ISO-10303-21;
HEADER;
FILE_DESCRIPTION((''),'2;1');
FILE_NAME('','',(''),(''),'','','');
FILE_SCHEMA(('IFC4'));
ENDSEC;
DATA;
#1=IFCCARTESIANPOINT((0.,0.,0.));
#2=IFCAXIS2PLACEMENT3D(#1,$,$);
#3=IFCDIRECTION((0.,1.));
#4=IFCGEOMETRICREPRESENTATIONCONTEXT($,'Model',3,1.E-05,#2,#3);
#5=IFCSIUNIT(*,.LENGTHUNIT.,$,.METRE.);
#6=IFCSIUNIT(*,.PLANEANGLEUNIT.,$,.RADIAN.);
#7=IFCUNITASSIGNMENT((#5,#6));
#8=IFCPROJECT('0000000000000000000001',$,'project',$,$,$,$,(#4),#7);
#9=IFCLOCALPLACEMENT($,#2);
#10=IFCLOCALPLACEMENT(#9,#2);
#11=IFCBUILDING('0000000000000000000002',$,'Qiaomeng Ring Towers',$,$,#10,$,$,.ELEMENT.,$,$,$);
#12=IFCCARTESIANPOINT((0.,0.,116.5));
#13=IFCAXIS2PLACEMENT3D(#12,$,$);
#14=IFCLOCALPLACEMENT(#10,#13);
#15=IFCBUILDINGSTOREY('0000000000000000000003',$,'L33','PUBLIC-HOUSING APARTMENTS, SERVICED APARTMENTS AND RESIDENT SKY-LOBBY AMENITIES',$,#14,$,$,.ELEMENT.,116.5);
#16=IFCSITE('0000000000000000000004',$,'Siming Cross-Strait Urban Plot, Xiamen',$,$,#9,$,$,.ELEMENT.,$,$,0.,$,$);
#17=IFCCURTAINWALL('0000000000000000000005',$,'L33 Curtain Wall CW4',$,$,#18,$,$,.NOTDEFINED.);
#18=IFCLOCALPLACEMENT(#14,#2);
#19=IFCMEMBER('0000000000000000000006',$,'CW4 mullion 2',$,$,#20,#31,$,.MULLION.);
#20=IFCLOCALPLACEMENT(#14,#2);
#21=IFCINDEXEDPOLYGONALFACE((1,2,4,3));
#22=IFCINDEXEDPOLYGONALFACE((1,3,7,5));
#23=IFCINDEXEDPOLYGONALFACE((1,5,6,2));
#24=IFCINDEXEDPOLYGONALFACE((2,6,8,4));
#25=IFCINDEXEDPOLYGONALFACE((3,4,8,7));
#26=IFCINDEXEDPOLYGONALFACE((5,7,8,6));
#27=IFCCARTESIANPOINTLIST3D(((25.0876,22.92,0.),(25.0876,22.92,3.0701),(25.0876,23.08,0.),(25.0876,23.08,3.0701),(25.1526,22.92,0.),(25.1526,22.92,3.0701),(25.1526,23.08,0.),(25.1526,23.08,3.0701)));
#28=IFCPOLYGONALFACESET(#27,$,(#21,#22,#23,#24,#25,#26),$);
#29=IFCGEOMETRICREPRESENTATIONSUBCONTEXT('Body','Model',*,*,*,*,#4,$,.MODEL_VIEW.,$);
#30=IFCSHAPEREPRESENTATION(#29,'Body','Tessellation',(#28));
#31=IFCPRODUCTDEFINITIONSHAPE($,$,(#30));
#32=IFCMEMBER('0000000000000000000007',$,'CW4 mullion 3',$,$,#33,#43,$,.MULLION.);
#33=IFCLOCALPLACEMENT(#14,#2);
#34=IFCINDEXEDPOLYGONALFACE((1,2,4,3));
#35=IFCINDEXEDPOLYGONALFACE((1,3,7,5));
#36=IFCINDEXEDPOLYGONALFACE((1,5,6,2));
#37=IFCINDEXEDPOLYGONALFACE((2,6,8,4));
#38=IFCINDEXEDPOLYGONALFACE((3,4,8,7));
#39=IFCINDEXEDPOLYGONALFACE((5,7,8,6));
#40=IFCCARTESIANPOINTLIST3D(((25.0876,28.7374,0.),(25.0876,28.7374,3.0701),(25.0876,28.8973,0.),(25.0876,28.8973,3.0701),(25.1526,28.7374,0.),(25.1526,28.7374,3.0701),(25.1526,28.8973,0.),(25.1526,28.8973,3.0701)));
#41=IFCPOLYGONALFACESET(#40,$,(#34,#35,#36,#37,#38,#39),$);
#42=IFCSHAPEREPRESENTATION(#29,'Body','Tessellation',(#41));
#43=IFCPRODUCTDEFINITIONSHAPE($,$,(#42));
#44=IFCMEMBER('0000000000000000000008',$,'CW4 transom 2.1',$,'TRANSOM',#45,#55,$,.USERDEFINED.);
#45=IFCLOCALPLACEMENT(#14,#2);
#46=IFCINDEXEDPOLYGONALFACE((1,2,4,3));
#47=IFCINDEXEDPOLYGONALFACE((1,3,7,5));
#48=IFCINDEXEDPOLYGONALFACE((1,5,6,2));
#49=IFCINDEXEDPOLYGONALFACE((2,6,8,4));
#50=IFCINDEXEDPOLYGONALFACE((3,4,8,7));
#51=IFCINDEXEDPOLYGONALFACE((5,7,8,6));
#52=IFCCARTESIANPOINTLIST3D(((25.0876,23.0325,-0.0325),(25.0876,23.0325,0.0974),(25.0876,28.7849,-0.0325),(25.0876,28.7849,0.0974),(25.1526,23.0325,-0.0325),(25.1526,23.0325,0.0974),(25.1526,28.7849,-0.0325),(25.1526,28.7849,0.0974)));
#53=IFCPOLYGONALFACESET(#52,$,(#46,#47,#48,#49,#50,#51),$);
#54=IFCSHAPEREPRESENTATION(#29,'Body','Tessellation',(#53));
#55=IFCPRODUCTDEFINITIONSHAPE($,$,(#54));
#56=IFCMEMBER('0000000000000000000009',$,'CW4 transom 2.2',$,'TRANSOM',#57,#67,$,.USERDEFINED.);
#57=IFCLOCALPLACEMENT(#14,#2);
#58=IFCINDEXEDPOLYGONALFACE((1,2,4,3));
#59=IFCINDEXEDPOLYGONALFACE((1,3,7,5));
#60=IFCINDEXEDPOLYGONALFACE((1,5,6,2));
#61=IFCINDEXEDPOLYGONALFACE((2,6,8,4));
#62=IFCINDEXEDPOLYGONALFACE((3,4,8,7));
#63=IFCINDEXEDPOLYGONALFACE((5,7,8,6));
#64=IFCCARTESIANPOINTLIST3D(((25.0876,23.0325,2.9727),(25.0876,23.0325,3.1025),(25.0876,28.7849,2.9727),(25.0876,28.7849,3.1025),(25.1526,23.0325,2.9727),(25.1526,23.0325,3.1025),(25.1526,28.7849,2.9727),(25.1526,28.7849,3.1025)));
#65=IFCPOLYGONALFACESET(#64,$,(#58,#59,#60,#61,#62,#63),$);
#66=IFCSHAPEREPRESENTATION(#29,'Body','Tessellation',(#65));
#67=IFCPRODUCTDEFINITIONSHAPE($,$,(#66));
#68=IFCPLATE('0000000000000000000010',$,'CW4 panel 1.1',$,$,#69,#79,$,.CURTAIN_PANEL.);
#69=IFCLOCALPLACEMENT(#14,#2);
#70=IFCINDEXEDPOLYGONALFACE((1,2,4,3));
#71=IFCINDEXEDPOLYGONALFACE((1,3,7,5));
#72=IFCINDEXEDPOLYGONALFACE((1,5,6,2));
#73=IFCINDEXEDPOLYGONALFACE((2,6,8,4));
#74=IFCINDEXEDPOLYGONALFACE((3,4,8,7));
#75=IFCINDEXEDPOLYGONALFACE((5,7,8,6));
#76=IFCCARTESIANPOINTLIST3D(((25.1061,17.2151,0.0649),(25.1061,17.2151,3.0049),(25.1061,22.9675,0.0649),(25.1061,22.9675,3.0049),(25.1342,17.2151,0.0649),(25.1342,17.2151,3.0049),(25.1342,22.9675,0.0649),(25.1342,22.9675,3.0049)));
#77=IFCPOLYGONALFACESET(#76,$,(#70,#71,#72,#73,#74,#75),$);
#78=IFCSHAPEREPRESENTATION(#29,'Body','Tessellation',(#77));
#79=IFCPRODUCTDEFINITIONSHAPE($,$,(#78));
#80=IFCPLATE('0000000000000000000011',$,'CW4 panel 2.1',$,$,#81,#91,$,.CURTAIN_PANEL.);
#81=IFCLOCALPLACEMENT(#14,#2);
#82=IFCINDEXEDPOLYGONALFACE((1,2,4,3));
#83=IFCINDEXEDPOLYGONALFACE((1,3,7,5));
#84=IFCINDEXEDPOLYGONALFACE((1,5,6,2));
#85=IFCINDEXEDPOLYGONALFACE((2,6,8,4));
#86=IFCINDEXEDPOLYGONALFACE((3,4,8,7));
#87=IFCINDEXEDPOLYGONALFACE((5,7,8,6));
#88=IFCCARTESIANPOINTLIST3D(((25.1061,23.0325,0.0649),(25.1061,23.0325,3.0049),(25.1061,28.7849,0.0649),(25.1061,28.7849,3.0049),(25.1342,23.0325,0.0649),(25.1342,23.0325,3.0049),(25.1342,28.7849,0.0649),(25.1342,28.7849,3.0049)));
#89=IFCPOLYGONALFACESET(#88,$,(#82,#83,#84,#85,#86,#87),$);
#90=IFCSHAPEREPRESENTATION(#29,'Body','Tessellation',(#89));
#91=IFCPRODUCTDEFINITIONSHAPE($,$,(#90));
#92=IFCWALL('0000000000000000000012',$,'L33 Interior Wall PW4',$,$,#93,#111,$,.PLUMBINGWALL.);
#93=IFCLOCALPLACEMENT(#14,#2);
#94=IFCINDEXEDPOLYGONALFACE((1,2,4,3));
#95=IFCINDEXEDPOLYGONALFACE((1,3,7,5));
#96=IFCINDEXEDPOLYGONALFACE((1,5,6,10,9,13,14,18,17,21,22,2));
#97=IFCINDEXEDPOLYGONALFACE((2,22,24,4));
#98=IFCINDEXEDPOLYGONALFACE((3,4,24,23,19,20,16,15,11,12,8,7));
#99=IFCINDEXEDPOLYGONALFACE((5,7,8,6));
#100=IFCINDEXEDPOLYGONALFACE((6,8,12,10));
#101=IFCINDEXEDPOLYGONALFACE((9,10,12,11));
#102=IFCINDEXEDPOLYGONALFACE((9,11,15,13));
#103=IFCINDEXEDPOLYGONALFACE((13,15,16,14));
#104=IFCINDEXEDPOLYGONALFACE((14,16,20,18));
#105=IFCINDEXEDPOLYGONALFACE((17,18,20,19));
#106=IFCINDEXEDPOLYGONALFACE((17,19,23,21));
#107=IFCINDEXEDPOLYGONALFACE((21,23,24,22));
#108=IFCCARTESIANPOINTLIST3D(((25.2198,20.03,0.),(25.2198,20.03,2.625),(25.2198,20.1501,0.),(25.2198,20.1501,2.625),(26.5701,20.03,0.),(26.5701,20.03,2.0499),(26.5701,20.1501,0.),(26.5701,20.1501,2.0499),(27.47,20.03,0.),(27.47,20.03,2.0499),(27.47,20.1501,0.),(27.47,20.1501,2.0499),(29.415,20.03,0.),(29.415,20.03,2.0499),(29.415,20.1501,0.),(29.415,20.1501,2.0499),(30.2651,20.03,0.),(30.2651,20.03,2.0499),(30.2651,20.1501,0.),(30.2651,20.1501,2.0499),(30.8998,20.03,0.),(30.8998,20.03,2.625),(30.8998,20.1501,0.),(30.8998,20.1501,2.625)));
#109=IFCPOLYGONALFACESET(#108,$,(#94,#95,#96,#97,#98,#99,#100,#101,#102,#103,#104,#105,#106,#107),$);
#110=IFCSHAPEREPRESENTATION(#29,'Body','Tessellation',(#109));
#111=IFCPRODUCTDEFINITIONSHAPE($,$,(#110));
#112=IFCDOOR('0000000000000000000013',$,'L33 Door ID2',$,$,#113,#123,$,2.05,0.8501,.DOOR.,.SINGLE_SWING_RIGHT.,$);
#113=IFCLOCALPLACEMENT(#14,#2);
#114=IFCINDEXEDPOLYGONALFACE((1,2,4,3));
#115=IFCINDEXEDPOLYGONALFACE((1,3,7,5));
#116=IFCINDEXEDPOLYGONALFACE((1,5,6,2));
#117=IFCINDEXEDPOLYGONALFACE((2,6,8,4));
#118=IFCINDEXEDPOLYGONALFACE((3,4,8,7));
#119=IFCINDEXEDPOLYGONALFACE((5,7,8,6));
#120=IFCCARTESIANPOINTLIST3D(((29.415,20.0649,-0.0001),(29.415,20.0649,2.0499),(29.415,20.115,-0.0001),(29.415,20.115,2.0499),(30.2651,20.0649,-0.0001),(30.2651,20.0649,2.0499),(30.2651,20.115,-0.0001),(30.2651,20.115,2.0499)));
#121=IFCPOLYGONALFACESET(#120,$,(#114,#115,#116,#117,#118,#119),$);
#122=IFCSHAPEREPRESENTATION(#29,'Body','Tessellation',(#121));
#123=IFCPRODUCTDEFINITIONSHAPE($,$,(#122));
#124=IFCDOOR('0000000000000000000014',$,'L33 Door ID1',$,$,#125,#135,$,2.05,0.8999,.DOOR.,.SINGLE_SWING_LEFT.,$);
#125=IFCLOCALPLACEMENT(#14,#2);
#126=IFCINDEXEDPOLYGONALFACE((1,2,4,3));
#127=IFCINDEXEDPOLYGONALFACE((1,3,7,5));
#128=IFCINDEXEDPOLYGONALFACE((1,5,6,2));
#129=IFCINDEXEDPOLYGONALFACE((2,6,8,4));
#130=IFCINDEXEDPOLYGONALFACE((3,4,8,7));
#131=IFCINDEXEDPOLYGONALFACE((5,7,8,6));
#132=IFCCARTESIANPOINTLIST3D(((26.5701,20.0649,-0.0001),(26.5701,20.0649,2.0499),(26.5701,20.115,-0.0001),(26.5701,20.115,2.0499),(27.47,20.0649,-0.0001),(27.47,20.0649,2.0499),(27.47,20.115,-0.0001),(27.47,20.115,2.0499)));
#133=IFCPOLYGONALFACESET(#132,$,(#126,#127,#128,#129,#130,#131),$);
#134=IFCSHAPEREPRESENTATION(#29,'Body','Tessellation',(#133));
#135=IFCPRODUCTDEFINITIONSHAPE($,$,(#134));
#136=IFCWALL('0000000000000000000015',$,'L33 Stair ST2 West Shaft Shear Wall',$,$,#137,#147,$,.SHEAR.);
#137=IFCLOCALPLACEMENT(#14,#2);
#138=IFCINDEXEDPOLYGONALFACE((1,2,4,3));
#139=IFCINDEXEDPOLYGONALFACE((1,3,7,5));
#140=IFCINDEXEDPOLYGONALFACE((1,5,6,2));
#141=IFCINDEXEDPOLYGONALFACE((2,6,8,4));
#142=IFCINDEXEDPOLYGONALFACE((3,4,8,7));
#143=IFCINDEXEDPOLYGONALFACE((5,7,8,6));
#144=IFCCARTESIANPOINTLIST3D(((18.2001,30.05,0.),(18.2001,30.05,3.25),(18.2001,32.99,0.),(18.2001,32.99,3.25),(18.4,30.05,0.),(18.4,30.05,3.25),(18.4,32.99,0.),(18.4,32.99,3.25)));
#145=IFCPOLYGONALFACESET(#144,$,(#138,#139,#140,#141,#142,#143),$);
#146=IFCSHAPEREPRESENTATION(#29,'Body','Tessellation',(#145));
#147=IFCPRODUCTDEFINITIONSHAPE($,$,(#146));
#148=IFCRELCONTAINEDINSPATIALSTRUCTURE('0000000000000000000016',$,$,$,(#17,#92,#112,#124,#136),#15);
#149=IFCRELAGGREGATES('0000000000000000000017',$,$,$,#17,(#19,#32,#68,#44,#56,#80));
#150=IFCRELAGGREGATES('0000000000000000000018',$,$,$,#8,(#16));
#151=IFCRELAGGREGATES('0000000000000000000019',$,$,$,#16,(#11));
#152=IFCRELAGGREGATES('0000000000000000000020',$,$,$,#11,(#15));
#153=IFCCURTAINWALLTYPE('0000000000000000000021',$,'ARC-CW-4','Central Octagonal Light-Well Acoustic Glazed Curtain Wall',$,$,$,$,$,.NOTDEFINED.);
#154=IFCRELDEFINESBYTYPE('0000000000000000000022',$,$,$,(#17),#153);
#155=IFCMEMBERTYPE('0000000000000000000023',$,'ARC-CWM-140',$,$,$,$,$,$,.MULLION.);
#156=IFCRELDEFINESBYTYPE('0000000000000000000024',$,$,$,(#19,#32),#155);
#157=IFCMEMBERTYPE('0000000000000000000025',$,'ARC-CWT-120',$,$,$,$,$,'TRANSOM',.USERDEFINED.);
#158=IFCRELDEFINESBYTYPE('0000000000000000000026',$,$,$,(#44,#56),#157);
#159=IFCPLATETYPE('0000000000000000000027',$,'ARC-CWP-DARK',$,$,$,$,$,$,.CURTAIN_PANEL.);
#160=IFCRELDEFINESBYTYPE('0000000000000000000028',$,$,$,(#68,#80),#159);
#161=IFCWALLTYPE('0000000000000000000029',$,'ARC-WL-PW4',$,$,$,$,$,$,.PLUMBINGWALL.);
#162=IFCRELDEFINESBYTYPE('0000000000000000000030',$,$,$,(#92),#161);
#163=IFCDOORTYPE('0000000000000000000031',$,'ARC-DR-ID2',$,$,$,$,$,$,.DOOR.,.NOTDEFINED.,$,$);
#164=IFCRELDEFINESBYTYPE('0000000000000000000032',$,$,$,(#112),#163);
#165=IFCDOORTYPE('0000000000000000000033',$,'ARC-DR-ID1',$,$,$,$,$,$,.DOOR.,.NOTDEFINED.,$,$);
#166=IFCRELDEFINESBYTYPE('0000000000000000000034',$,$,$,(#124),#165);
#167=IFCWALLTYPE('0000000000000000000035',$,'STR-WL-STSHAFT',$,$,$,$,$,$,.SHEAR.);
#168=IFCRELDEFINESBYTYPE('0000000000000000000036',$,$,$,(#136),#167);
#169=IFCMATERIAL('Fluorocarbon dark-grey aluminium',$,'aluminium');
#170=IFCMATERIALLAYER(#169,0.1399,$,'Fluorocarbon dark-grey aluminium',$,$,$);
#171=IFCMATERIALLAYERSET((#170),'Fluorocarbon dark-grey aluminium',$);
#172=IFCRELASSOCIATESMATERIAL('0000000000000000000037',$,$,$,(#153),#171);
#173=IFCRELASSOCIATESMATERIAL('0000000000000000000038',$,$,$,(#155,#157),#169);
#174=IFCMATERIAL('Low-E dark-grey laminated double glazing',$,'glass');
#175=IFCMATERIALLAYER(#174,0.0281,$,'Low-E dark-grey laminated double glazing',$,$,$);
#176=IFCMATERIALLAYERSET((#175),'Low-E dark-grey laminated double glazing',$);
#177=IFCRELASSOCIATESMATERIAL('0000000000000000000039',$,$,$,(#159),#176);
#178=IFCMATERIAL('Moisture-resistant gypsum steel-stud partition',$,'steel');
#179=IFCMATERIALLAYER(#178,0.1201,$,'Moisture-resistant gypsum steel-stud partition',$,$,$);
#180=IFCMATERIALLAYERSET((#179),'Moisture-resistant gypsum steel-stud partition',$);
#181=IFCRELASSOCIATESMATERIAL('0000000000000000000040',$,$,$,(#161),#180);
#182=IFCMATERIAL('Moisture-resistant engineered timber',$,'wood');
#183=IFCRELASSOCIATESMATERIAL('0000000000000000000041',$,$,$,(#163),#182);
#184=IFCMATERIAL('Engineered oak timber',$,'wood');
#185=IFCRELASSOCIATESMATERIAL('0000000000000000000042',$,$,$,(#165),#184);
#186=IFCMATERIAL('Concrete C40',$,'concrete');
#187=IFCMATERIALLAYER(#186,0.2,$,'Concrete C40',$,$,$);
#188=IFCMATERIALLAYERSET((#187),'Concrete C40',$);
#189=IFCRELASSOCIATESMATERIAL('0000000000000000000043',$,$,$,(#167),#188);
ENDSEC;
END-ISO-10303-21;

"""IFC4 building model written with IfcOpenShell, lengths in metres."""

from ifc_helpers import new_model, si_unit, direction, frame, frame_2d, origin, origin_2d, place, context, subcontext, project, spatial, rectangle, extrude, source, transform, mapped, material, layer, layer_set, material_profile, profile_set, type_object, element, fill, aggregate, save


model = new_model("IFC4")

# Units and contexts
model_context = context("Model", 3, precision=1e-05, world=origin(), true_north=direction((0.0, 1.0)))
body_context = subcontext(model_context, "Body", "Model", "MODEL_VIEW")
ifc_project = project(units=[si_unit("LENGTHUNIT", "METRE"), si_unit("PLANEANGLEUNIT", "RADIAN")], contexts=[model_context])

# Site, building, storey
site_placement = place(None, origin())
site = spatial("IfcSite", under=ifc_project, at=site_placement, Name="Siming Cross-Strait Urban Plot, Xiamen", CompositionType="ELEMENT", RefElevation=0.0)
building_placement = place(site_placement, origin())
building = spatial("IfcBuilding", under=site, at=building_placement, Name="Qiaomeng Ring Towers", CompositionType="ELEMENT")
storey_placement = place(building_placement, frame((0.0, 0.0, 116.5)))
storey = spatial("IfcBuildingStorey", under=building, at=storey_placement, Name="L33", Description="PUBLIC-HOUSING APARTMENTS, SERVICED APARTMENTS AND RESIDENT SKY-LOBBY AMENITIES", CompositionType="ELEMENT", Elevation=116.5)

# Curtain wall, members, plates
ifc_material_1 = material(Name="Fluorocarbon dark-grey aluminium", Category="aluminium")
ifc_layer_1 = layer(ifc_material_1, 0.1399, Name="Fluorocarbon dark-grey aluminium")
ifc_layer_set_1 = layer_set([ifc_layer_1], Name="Fluorocarbon dark-grey aluminium")
curtain_wall_type = type_object("IfcCurtainWallType", Name="ARC-CW-4", Description="Central Octagonal Light-Well Acoustic Glazed Curtain Wall", PredefinedType="NOTDEFINED", material=ifc_layer_set_1)
curtain_wall_placement = place(storey_placement, origin())
curtain_wall = element("IfcCurtainWall", 1, at=curtain_wall_placement, inside=storey, type_object=curtain_wall_type, Name="L33 Curtain Wall CW4", PredefinedType="NOTDEFINED")
ifc_material_profile_1 = material_profile(ifc_material_1, rectangle(XDim=0.0649, YDim=0.1599, at=origin_2d()), Name="ALU MULL 65x160")
ifc_profile_set_1 = profile_set([ifc_material_profile_1], Name="Fluorocarbon dark-grey aluminium")
member_type_1 = type_object("IfcMemberType", Name="ARC-CWM-140", PredefinedType="MULLION", material=ifc_profile_set_1)
shared_shape_1 = source(origin(), body_context, "Body", "SweptSolid", [
    extrude(rectangle(XDim=0.0649, YDim=0.1599, at=origin_2d()), origin(), (0.0, 0.0, 1.0), 3.0701),
])
member_1_placement = place(storey_placement, frame((25.1201, 23.0, 0.0), z_axis=(0.0, 0.0, 1.0), x_axis=(-1.0, 0.0, 0.0)))
member_1 = element("IfcMember", 2, at=member_1_placement, type_object=member_type_1, Name="CW4 mullion 2", PredefinedType="MULLION", context=body_context, shape_type="MappedRepresentation", body=[
    mapped(shared_shape_1, transform((0.0, 0.0, 0.0), x_axis=(1.0, 0.0, 0.0), y_axis=(0.0, 1.0, 0.0), z_axis=(0.0, 0.0, 1.0), scale=1.0)),
])
member_2_placement = place(storey_placement, frame((25.1201, 28.8174, 0.0), z_axis=(0.0, 0.0, 1.0), x_axis=(-1.0, 0.0, 0.0)))
member_2 = element("IfcMember", 3, at=member_2_placement, type_object=member_type_1, Name="CW4 mullion 3", PredefinedType="MULLION", context=body_context, shape_type="MappedRepresentation", body=[
    mapped(shared_shape_1, transform((0.0, 0.0, 0.0), x_axis=(1.0, 0.0, 0.0), y_axis=(0.0, 1.0, 0.0), z_axis=(0.0, 0.0, 1.0), scale=1.0)),
])
ifc_material_profile_2 = material_profile(ifc_material_1, rectangle(XDim=0.0649, YDim=0.1299, at=origin_2d()), Name="ALU TRAN 65x130")
ifc_profile_set_2 = profile_set([ifc_material_profile_2], Name="Fluorocarbon dark-grey aluminium")
member_type_2 = type_object("IfcMemberType", Name="ARC-CWT-120", ElementType="TRANSOM", PredefinedType="USERDEFINED", material=ifc_profile_set_2)
shared_shape_2 = source(origin(), body_context, "Body", "SweptSolid", [
    extrude(rectangle(XDim=0.0649, YDim=0.1299, at=origin_2d()), origin(), (0.0, 0.0, 1.0), 5.7524),
])
member_3_placement = place(storey_placement, frame((25.1201, 23.0325, 0.0325), z_axis=(0.0, 1.0, 0.0), x_axis=(-1.0, 0.0, 0.0)))
member_3 = element("IfcMember", 4, at=member_3_placement, type_object=member_type_2, Name="CW4 transom 2.1", ObjectType="TRANSOM", PredefinedType="USERDEFINED", context=body_context, shape_type="MappedRepresentation", body=[
    mapped(shared_shape_2, transform((0.0, 0.0, 0.0), x_axis=(1.0, 0.0, 0.0), y_axis=(0.0, 1.0, 0.0), z_axis=(0.0, 0.0, 1.0), scale=1.0)),
])
member_4_placement = place(storey_placement, frame((25.1201, 23.0325, 3.0376), z_axis=(0.0, 1.0, 0.0), x_axis=(-1.0, 0.0, 0.0)))
member_4 = element("IfcMember", 5, at=member_4_placement, type_object=member_type_2, Name="CW4 transom 2.2", ObjectType="TRANSOM", PredefinedType="USERDEFINED", context=body_context, shape_type="MappedRepresentation", body=[
    mapped(shared_shape_2, transform((0.0, 0.0, 0.0), x_axis=(1.0, 0.0, 0.0), y_axis=(0.0, 1.0, 0.0), z_axis=(0.0, 0.0, 1.0), scale=1.0)),
])
ifc_material_2 = material(Name="Low-E dark-grey laminated double glazing", Category="glass")
ifc_layer_2 = layer(ifc_material_2, 0.0281, Name="Low-E dark-grey laminated double glazing")
ifc_layer_set_2 = layer_set([ifc_layer_2], Name="Low-E dark-grey laminated double glazing")
plate_type = type_object("IfcPlateType", Name="ARC-CWP-DARK", PredefinedType="CURTAIN_PANEL", material=ifc_layer_set_2)
shared_shape_3 = source(origin(), body_context, "Body", "SweptSolid", [
    extrude(rectangle(XDim=5.7524, YDim=0.0281, at=origin_2d()), origin(), (0.0, 0.0, 1.0), 2.9399),
])
plate_1_placement = place(storey_placement, frame((25.1201, 20.0913, 0.0649), z_axis=(0.0, 0.0, 1.0), x_axis=(0.0, 1.0, 0.0)))
plate_1 = element("IfcPlate", 6, at=plate_1_placement, type_object=plate_type, Name="CW4 panel 1.1", PredefinedType="CURTAIN_PANEL", context=body_context, shape_type="MappedRepresentation", body=[
    mapped(shared_shape_3, transform((0.0, 0.0, 0.0), x_axis=(1.0, 0.0, 0.0), y_axis=(0.0, 1.0, 0.0), z_axis=(0.0, 0.0, 1.0), scale=1.0)),
])
plate_2_placement = place(storey_placement, frame((25.1201, 25.9087, 0.0649), z_axis=(0.0, 0.0, 1.0), x_axis=(0.0, 1.0, 0.0)))
plate_2 = element("IfcPlate", 7, at=plate_2_placement, type_object=plate_type, Name="CW4 panel 2.1", PredefinedType="CURTAIN_PANEL", context=body_context, shape_type="MappedRepresentation", body=[
    mapped(shared_shape_3, transform((0.0, 0.0, 0.0), x_axis=(1.0, 0.0, 0.0), y_axis=(0.0, 1.0, 0.0), z_axis=(0.0, 0.0, 1.0), scale=1.0)),
])
aggregate(curtain_wall, [member_1, member_2, plate_1, member_3, member_4, plate_2])

# Wall, openings, doors
ifc_material_3 = material(Name="Moisture-resistant gypsum steel-stud partition", Category="steel")
ifc_layer_3 = layer(ifc_material_3, 0.1201, Name="Moisture-resistant gypsum steel-stud partition")
ifc_layer_set_3 = layer_set([ifc_layer_3], Name="Moisture-resistant gypsum steel-stud partition")
wall_type_1 = type_object("IfcWallType", Name="ARC-WL-PW4", PredefinedType="PLUMBINGWALL", material=ifc_layer_set_3)
wall_1_placement = place(storey_placement, frame((25.22, 20.0901, 0.0), z_axis=(0.0, 0.0, 1.0), x_axis=(1.0, 0.0, 0.0)))
wall_1 = element("IfcWall", 8, at=wall_1_placement, inside=storey, type_object=wall_type_1, Name="L33 Interior Wall PW4", PredefinedType="PLUMBINGWALL", context=body_context, shape_type="SweptSolid", body=[
    extrude(rectangle(XDim=5.6799, YDim=0.1201, at=frame_2d((2.8398, 0.0))), origin(), (0.0, 0.0, 1.0), 2.625),
])
opening_1_placement = place(wall_1_placement, frame((1.3501, 0.0, 0.0)))
opening_1 = element("IfcOpeningElement", 9, at=opening_1_placement, cuts=wall_1, PredefinedType="OPENING", context=body_context, shape_type="SweptSolid", body=[
    extrude(rectangle(XDim=0.8999, YDim=2.05, at=frame_2d((0.45, 1.0249))), frame((0.0, 0.0701, 0.0), z_axis=(0.0, -1.0, 0.0), x_axis=(1.0, 0.0, 0.0)), (0.0, 0.0, 1.0), 0.1401),
])
opening_2_placement = place(wall_1_placement, frame((4.1951, 0.0, 0.0)))
opening_2 = element("IfcOpeningElement", 10, at=opening_2_placement, cuts=wall_1, PredefinedType="OPENING", context=body_context, shape_type="SweptSolid", body=[
    extrude(rectangle(XDim=0.8501, YDim=2.05, at=frame_2d((0.425, 1.0249))), frame((0.0, 0.0701, 0.0), z_axis=(0.0, -1.0, 0.0), x_axis=(1.0, 0.0, 0.0)), (0.0, 0.0, 1.0), 0.1401),
])
ifc_material_4 = material(Name="Moisture-resistant engineered timber", Category="wood")
door_type_1 = type_object("IfcDoorType", Name="ARC-DR-ID2", OperationType="NOTDEFINED", PredefinedType="DOOR", material=ifc_material_4)
shared_shape_4 = source(origin(), body_context, "Body", "SweptSolid", [
    extrude(rectangle(XDim=0.8501, YDim=2.05, at=frame_2d((0.425, 1.0249))), frame((0.0, 0.0249, 0.0), z_axis=(0.0, -1.0, 0.0), x_axis=(1.0, 0.0, 0.0)), (0.0, 0.0, 1.0), 0.05),
])
door_1_placement = place(opening_2_placement, origin())
door_1 = element("IfcDoor", 11, at=door_1_placement, inside=storey, type_object=door_type_1, Name="L33 Door ID2", OperationType="SINGLE_SWING_RIGHT", OverallHeight=2.05, OverallWidth=0.8501, PredefinedType="DOOR", context=body_context, shape_type="MappedRepresentation", body=[
    mapped(shared_shape_4, transform((0.0, 0.0, 0.0), x_axis=(1.0, 0.0, 0.0), y_axis=(0.0, 1.0, 0.0), z_axis=(0.0, 0.0, 1.0), scale=1.0)),
])
fill(opening_2, door_1)
ifc_material_5 = material(Name="Engineered oak timber", Category="wood")
door_type_2 = type_object("IfcDoorType", Name="ARC-DR-ID1", OperationType="NOTDEFINED", PredefinedType="DOOR", material=ifc_material_5)
shared_shape_5 = source(origin(), body_context, "Body", "SweptSolid", [
    extrude(rectangle(XDim=0.8999, YDim=2.05, at=frame_2d((0.45, 1.0249))), frame((0.0, 0.0249, 0.0), z_axis=(0.0, -1.0, 0.0), x_axis=(1.0, 0.0, 0.0)), (0.0, 0.0, 1.0), 0.05),
])
door_2_placement = place(opening_1_placement, origin())
door_2 = element("IfcDoor", 12, at=door_2_placement, inside=storey, type_object=door_type_2, Name="L33 Door ID1", OperationType="SINGLE_SWING_LEFT", OverallHeight=2.05, OverallWidth=0.8999, PredefinedType="DOOR", context=body_context, shape_type="MappedRepresentation", body=[
    mapped(shared_shape_5, transform((0.0, 0.0, 0.0), x_axis=(1.0, 0.0, 0.0), y_axis=(0.0, 1.0, 0.0), z_axis=(0.0, 0.0, 1.0), scale=1.0)),
])
fill(opening_1, door_2)

# Wall
ifc_material_6 = material(Name="Concrete C40", Category="concrete")
ifc_layer_4 = layer(ifc_material_6, 0.2, Name="Concrete C40")
ifc_layer_set_4 = layer_set([ifc_layer_4], Name="Concrete C40")
wall_type_2 = type_object("IfcWallType", Name="STR-WL-STSHAFT", PredefinedType="SHEAR", material=ifc_layer_set_4)
wall_2_placement = place(storey_placement, frame((18.3, 30.05, 0.0), z_axis=(0.0, 0.0, 1.0), x_axis=(0.0, 1.0, 0.0)))
element("IfcWall", 13, at=wall_2_placement, inside=storey, type_object=wall_type_2, Name="L33 Stair ST2 West Shaft Shear Wall", PredefinedType="SHEAR", context=body_context, shape_type="SweptSolid", body=[
    extrude(rectangle(XDim=2.9399, YDim=0.2, at=frame_2d((1.47, 0.0))), origin(), (0.0, 0.0, 1.0), 3.25),
])

save(model, "model.ifc")
